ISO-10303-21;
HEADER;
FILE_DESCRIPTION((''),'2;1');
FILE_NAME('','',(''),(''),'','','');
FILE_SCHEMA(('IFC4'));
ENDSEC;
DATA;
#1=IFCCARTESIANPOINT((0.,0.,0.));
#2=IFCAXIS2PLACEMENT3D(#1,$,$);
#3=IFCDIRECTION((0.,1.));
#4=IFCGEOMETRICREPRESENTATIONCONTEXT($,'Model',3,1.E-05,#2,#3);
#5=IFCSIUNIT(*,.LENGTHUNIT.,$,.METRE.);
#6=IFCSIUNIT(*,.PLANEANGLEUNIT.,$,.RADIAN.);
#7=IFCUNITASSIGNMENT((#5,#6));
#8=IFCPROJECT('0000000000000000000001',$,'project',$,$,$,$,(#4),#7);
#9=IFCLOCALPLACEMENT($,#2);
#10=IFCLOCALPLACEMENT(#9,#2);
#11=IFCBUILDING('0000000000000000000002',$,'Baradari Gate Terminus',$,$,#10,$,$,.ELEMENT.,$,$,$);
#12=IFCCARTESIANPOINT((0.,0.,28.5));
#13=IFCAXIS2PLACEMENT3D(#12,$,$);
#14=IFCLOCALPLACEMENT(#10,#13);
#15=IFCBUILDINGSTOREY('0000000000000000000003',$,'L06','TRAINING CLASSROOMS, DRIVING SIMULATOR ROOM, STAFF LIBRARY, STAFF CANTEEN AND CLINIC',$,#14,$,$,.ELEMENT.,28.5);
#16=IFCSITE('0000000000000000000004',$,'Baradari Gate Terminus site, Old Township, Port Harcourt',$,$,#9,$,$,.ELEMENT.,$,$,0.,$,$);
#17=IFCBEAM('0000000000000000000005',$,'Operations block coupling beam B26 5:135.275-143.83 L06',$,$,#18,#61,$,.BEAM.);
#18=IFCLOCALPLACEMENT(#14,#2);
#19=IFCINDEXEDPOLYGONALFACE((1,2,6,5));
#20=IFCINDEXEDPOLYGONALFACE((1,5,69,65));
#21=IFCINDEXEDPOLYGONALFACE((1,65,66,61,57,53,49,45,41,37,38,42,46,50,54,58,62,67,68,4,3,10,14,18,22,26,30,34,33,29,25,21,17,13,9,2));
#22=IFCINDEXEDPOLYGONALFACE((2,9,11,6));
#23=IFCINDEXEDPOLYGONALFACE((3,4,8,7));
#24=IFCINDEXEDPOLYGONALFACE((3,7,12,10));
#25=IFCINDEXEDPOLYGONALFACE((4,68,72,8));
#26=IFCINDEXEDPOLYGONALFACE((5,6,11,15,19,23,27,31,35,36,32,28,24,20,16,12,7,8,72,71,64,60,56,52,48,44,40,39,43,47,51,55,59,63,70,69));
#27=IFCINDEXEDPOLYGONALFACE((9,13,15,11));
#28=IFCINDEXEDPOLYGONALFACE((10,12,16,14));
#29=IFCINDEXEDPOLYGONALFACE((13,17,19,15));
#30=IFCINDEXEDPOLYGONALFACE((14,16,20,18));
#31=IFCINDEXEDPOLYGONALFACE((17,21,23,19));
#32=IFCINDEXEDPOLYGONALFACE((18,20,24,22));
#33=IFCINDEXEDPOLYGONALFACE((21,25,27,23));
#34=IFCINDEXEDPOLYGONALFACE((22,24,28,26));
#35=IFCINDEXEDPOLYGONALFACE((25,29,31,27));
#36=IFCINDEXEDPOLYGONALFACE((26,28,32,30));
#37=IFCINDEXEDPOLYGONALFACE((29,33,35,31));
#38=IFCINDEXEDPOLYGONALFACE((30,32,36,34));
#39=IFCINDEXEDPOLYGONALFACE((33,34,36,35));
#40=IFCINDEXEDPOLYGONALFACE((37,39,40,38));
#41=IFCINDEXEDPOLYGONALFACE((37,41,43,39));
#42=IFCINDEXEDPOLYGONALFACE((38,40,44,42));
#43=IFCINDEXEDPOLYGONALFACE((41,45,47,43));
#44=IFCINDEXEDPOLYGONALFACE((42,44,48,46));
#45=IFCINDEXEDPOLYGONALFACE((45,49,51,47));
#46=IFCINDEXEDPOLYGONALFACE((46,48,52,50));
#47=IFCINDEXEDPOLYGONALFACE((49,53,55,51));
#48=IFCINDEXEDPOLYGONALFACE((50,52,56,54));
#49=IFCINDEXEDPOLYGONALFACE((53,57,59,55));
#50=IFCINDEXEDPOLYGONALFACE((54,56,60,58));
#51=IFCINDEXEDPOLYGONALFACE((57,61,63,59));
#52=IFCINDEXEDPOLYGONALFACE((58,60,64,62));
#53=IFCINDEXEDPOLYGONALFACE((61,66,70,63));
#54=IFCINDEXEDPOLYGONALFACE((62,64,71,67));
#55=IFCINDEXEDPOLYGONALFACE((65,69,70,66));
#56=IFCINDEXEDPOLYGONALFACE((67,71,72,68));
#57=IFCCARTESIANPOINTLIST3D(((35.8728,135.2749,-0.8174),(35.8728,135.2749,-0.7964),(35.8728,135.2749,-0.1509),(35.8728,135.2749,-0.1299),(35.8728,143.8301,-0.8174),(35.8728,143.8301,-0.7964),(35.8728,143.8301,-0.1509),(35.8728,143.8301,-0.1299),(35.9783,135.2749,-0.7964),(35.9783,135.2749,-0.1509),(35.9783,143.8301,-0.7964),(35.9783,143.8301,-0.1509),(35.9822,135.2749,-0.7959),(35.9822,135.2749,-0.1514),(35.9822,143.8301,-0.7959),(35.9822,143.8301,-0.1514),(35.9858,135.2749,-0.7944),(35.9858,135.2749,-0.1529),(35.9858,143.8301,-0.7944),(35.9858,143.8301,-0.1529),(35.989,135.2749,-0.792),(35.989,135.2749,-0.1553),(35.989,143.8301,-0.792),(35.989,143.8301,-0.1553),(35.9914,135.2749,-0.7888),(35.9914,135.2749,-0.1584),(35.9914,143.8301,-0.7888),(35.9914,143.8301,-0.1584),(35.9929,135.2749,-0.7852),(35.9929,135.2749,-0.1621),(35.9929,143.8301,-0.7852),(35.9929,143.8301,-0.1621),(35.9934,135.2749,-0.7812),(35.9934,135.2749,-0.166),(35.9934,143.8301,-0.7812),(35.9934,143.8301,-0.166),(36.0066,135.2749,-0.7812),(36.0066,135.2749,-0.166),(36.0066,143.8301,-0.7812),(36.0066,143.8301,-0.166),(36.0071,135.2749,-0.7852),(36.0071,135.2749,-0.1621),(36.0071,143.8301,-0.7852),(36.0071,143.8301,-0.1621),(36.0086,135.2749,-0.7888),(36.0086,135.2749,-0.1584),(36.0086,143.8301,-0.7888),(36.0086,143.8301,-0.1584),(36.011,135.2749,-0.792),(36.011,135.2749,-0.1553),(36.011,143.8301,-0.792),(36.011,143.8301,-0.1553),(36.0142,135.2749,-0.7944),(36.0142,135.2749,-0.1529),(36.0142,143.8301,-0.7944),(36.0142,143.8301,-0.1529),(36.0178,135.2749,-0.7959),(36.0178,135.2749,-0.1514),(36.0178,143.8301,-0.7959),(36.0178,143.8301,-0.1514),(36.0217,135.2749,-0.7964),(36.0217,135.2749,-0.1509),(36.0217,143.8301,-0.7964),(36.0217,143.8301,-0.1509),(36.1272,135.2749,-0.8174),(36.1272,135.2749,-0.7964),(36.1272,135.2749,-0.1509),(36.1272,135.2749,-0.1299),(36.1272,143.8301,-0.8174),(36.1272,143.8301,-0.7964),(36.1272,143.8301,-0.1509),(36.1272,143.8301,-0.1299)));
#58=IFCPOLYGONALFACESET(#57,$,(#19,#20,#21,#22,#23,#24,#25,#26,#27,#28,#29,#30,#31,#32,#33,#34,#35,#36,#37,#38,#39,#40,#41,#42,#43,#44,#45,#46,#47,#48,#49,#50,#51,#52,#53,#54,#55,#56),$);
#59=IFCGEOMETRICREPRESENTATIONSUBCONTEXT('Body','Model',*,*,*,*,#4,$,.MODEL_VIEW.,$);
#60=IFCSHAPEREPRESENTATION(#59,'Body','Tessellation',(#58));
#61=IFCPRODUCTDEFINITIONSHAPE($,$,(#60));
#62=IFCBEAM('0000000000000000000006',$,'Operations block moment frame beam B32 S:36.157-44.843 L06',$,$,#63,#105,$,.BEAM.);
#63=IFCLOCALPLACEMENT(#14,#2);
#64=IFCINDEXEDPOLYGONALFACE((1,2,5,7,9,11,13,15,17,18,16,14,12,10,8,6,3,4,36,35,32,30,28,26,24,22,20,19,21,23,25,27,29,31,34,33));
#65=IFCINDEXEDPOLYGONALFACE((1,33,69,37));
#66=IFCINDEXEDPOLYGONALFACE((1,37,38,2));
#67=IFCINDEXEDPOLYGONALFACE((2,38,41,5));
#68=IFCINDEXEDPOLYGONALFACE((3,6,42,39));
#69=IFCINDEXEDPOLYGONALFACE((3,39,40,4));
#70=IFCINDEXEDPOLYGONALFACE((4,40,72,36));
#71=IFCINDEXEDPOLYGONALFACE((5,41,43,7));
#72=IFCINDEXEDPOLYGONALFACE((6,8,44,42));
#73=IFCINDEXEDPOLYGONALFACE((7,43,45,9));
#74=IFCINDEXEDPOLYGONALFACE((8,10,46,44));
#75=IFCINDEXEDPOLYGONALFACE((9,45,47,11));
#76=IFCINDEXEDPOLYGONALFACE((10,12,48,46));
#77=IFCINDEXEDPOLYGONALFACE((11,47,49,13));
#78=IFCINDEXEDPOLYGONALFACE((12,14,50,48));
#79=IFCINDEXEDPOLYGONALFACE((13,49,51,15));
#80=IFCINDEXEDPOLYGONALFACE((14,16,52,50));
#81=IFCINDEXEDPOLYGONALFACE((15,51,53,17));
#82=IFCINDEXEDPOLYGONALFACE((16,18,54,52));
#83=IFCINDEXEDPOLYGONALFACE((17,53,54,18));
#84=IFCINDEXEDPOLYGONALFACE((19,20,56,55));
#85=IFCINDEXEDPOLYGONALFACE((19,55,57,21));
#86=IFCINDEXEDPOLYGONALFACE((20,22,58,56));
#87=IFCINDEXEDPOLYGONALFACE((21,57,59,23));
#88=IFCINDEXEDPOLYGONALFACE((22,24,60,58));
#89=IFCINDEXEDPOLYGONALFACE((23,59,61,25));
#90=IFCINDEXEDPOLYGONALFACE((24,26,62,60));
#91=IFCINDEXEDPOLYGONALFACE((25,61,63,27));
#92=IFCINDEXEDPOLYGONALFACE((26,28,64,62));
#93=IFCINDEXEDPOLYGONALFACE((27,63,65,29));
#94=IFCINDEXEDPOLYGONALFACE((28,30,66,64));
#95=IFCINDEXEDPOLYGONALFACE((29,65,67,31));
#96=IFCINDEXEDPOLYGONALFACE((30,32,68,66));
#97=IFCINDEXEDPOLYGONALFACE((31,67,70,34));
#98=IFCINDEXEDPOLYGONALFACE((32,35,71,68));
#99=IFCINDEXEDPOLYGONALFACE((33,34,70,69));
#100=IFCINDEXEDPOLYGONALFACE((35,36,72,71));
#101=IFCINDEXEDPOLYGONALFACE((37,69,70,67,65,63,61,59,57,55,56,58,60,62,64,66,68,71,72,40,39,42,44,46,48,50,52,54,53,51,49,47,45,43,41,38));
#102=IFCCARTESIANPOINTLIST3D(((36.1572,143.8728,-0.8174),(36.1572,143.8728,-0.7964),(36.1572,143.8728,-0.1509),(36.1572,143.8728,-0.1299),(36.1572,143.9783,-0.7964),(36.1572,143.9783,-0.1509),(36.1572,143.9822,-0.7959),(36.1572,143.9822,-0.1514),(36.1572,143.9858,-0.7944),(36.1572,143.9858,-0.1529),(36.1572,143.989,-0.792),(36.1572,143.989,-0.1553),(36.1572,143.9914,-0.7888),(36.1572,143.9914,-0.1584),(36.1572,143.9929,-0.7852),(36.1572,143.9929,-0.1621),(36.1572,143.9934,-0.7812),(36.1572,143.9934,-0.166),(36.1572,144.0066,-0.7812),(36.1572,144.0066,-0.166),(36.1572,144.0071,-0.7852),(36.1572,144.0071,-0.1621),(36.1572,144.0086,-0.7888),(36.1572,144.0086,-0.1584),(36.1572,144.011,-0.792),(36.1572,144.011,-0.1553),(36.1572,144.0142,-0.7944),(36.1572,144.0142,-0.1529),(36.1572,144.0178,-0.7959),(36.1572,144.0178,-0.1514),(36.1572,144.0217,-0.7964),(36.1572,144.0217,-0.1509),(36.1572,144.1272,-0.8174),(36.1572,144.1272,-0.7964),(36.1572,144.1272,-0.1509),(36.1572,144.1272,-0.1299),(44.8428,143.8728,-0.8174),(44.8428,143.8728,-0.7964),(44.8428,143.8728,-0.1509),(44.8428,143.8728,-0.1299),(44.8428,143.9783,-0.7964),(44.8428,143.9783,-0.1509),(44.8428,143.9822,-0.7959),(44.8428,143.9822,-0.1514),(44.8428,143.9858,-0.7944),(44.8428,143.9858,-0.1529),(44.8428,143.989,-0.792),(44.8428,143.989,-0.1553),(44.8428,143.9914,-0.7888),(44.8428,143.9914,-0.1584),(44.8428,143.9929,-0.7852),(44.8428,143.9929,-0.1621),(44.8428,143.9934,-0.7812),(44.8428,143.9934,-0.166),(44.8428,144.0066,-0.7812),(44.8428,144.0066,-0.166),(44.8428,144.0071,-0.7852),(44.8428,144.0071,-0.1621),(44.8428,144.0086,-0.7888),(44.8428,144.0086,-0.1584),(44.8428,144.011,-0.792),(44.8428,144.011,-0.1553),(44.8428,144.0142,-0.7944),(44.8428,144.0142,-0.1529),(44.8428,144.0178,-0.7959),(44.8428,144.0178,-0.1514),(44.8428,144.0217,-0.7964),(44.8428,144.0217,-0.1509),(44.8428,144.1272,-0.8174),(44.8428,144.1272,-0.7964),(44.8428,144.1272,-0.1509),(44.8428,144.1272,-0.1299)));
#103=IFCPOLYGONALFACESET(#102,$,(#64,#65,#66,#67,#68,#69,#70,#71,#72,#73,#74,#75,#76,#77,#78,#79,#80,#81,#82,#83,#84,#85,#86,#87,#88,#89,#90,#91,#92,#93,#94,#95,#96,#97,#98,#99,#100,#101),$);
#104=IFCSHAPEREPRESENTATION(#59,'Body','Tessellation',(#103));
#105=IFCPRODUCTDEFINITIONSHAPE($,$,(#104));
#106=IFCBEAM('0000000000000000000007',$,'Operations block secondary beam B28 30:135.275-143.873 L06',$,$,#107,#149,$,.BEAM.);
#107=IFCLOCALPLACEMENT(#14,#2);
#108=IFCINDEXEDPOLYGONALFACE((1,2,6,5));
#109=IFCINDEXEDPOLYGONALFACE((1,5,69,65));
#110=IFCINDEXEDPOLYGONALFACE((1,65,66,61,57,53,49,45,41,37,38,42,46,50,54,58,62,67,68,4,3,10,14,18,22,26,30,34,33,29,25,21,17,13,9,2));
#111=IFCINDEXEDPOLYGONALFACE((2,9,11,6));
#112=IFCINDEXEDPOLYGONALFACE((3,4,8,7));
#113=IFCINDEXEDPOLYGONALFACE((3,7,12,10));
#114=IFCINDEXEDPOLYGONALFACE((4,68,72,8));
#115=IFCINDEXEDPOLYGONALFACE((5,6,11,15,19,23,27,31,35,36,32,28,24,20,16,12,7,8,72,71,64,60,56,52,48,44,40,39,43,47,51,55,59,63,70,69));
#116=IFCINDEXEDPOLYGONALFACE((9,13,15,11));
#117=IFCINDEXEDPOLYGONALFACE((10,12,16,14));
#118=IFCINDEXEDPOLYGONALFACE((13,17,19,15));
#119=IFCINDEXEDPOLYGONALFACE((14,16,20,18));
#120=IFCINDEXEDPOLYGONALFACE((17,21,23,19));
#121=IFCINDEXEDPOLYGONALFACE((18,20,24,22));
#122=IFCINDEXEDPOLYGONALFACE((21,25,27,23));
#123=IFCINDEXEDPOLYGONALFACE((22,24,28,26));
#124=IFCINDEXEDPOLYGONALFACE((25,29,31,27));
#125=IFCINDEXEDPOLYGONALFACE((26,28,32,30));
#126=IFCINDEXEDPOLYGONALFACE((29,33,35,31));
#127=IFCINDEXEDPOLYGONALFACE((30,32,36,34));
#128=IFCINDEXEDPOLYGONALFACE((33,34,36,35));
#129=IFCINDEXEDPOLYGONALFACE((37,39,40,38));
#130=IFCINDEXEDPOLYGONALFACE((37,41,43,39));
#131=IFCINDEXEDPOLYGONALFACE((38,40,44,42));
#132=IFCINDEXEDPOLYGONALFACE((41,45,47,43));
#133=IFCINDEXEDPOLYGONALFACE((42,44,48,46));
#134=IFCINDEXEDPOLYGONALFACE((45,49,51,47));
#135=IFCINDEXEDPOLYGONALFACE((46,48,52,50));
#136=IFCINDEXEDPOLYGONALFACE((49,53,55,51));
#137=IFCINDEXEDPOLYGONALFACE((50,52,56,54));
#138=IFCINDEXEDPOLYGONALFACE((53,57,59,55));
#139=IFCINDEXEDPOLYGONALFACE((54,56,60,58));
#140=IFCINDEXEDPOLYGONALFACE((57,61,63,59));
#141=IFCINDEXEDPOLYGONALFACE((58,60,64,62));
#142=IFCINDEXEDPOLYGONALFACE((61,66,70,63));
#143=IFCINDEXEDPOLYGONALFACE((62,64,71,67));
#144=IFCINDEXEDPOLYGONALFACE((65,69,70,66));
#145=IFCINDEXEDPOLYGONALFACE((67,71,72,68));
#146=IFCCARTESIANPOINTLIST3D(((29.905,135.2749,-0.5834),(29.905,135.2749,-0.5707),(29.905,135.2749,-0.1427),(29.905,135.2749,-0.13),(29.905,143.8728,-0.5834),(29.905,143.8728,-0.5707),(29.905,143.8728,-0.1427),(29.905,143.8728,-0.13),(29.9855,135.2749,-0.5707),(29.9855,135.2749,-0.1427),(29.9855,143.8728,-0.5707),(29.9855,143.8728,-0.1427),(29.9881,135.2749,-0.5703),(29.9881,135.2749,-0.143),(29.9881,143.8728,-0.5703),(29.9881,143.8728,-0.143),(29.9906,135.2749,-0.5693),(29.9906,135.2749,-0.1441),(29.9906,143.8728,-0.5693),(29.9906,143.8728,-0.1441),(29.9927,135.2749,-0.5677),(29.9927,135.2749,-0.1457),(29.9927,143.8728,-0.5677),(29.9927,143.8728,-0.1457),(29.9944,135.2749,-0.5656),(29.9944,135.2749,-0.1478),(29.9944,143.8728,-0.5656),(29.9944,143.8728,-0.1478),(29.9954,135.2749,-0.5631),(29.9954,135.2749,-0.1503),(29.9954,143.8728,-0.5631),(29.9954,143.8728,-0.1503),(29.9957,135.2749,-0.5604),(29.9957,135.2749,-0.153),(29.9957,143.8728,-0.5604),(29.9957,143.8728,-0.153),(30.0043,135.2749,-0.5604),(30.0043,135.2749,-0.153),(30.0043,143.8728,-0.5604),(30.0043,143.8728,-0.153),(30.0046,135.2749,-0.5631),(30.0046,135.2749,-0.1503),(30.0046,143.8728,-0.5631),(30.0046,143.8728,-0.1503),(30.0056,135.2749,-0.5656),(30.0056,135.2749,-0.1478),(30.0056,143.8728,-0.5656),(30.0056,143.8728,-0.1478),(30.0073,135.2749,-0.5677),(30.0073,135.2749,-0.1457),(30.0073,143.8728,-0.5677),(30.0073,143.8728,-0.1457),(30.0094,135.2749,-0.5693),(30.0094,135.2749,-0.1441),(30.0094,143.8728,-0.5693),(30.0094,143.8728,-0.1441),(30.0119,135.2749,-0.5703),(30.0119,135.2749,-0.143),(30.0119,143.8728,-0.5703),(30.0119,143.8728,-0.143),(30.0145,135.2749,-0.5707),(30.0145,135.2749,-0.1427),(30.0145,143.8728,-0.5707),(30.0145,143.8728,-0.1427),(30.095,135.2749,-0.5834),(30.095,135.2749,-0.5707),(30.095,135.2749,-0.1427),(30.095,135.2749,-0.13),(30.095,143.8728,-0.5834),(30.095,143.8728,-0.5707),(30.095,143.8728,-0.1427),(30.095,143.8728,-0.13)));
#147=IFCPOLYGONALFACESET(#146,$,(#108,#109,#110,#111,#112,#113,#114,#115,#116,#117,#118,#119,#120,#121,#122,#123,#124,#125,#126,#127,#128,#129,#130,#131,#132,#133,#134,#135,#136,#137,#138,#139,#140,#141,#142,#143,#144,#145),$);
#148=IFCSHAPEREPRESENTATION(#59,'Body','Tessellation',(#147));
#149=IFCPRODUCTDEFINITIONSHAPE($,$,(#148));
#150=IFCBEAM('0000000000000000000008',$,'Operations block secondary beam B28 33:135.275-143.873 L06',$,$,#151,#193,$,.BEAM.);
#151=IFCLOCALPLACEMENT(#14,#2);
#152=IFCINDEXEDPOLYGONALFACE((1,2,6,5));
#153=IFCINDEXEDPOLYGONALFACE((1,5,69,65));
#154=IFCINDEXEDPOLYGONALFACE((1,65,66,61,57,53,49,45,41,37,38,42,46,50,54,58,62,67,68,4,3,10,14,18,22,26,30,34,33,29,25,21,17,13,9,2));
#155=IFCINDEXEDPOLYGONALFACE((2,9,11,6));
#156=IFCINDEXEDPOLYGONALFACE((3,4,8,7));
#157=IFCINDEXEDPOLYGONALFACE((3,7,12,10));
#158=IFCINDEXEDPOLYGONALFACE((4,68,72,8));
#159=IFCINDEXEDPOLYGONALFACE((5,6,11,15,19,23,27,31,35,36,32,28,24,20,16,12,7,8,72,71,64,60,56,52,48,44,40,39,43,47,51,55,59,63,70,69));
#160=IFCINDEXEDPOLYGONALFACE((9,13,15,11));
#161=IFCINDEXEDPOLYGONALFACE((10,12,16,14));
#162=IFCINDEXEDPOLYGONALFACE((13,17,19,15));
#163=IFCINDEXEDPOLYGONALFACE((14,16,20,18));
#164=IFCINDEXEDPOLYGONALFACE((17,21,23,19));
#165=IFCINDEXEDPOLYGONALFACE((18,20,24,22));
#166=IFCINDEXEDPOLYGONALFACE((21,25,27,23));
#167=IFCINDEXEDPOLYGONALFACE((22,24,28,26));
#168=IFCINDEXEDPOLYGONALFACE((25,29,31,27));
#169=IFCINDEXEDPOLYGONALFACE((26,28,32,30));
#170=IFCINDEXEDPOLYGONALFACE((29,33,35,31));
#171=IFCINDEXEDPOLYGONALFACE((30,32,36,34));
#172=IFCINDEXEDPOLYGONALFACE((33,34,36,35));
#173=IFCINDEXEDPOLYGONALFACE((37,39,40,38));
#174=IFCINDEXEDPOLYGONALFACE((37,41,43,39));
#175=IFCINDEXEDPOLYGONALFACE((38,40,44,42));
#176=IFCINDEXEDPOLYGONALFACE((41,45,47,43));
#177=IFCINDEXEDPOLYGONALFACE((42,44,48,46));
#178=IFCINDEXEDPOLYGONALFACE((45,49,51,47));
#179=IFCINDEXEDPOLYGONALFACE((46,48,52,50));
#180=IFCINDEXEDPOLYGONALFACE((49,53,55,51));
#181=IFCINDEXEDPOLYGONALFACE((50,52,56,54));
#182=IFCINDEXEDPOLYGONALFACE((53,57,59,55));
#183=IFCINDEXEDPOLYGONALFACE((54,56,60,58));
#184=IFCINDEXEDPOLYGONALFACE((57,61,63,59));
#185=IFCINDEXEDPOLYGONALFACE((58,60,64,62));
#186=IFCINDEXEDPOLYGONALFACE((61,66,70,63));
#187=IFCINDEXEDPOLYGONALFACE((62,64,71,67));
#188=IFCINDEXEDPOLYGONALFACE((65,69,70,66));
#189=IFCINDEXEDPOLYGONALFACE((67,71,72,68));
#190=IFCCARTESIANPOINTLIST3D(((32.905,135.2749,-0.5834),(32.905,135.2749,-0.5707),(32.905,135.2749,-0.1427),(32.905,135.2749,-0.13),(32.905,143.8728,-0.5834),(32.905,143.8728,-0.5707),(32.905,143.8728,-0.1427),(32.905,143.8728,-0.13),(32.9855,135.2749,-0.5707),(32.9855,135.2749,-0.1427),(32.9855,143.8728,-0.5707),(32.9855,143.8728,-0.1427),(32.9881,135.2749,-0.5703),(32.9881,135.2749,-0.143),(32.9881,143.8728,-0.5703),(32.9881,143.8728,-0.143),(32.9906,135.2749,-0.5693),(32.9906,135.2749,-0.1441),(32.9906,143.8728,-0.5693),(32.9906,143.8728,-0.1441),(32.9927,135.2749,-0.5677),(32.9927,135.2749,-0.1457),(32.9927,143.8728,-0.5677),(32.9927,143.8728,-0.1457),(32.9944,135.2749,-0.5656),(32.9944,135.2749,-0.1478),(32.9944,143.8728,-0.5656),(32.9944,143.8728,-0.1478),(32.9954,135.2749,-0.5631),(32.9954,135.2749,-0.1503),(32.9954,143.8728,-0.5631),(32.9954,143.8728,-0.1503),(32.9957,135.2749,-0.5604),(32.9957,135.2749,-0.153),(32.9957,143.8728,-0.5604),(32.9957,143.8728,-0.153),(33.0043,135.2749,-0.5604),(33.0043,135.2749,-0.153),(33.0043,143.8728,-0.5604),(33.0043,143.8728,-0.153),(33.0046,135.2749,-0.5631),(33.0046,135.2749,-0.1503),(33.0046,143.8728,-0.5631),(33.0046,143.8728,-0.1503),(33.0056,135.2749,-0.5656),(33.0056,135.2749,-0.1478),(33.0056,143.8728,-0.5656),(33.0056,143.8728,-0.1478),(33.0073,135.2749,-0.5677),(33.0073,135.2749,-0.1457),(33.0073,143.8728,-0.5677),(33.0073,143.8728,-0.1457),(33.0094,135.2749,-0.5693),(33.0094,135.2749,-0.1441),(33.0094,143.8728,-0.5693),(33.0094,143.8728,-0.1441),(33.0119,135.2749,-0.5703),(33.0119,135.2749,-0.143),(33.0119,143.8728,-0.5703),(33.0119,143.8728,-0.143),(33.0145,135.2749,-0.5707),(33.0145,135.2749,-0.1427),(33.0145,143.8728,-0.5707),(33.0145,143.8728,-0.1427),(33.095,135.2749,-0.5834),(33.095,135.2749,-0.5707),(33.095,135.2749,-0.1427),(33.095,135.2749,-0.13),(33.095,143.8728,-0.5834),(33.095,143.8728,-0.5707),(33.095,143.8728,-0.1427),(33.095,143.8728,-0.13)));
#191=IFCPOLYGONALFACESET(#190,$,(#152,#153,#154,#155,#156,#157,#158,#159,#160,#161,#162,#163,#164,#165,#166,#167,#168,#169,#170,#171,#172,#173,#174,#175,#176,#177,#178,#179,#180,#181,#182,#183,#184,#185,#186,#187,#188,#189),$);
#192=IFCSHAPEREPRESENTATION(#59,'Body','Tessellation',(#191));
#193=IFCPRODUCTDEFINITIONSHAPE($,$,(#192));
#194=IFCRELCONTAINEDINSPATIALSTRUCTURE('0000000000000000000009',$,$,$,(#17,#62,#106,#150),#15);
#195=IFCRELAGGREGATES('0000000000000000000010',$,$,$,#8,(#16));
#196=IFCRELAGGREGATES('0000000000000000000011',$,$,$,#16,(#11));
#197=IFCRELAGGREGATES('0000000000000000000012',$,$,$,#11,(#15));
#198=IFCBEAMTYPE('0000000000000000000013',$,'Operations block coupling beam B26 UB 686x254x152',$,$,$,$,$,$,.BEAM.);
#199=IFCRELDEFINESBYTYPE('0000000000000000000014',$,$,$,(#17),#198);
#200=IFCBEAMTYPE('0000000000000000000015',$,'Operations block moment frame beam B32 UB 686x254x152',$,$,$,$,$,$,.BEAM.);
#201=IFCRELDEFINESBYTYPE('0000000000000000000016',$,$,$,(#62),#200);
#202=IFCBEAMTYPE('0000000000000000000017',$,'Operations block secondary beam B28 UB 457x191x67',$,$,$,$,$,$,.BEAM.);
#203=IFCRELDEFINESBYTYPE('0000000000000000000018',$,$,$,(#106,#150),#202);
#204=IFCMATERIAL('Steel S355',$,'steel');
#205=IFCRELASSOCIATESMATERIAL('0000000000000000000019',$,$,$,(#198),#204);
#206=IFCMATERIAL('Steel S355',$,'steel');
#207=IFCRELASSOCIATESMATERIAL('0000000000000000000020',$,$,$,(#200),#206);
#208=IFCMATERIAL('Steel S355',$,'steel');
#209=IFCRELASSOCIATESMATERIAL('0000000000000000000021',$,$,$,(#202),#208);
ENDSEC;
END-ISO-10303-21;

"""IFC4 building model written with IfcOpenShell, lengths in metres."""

from ifc_helpers import new_model, si_unit, direction, frame, origin, origin_2d, place, context, subcontext, project, spatial, i_section, extrude, material, material_profile, profile_set, type_object, element, save


model = new_model("IFC4")

# Units and contexts
model_context = context("Model", 3, precision=1e-05, world=origin(), true_north=direction((0.0, 1.0)))
body_context = subcontext(model_context, "Body", "Model", "MODEL_VIEW")
ifc_project = project(units=[si_unit("LENGTHUNIT", "METRE"), si_unit("PLANEANGLEUNIT", "RADIAN")], contexts=[model_context])

# Site, building, storey
site_placement = place(None, origin())
site = spatial("IfcSite", under=ifc_project, at=site_placement, Name="Baradari Gate Terminus site, Old Township, Port Harcourt", CompositionType="ELEMENT", RefElevation=0.0)
building_placement = place(site_placement, origin())
building = spatial("IfcBuilding", under=site, at=building_placement, Name="Baradari Gate Terminus", CompositionType="ELEMENT")
storey_placement = place(building_placement, frame((0.0, 0.0, 28.5)))
storey = spatial("IfcBuildingStorey", under=building, at=storey_placement, Name="L06", Description="TRAINING CLASSROOMS, DRIVING SIMULATOR ROOM, STAFF LIBRARY, STAFF CANTEEN AND CLINIC", CompositionType="ELEMENT", Elevation=28.5)

# Beams
ifc_material_1 = material(Name="Steel S355", Category="steel")
ifc_material_profile_1 = material_profile(ifc_material_1, i_section(OverallWidth=0.2544, OverallDepth=0.6875, WebThickness=0.0132, FlangeThickness=0.021, FilletRadius=0.0151, at=origin_2d()), Name="UB 686x254x152")
ifc_profile_set_1 = profile_set([ifc_material_profile_1], Name="Steel S355")
beam_type_1 = type_object("IfcBeamType", Name="Operations block coupling beam B26 UB 686x254x152", PredefinedType="BEAM", material=ifc_profile_set_1)
beam_1_placement = place(storey_placement, frame((36.0, 135.2749, -0.4736), z_axis=(0.0, 1.0, 0.0), x_axis=(-1.0, 0.0, 0.0)))
element("IfcBeam", 1, at=beam_1_placement, inside=storey, type_object=beam_type_1, Name="Operations block coupling beam B26 5:135.275-143.83 L06", PredefinedType="BEAM", context=body_context, shape_type="SweptSolid", body=[
    extrude(i_section(OverallWidth=0.2544, OverallDepth=0.6875, WebThickness=0.0132, FlangeThickness=0.021, FilletRadius=0.0151, at=origin_2d()), origin(), (0.0, 0.0, 1.0), 8.5552),
])
ifc_material_2 = material(Name="Steel S355", Category="steel")
ifc_material_profile_2 = material_profile(ifc_material_2, i_section(OverallWidth=0.2544, OverallDepth=0.6875, WebThickness=0.0132, FlangeThickness=0.021, FilletRadius=0.0151, at=origin_2d()), Name="UB 686x254x152")
ifc_profile_set_2 = profile_set([ifc_material_profile_2], Name="Steel S355")
beam_type_2 = type_object("IfcBeamType", Name="Operations block moment frame beam B32 UB 686x254x152", PredefinedType="BEAM", material=ifc_profile_set_2)
beam_2_placement = place(storey_placement, frame((36.1572, 144.0, -0.4736), z_axis=(1.0, 0.0, 0.0), x_axis=(0.0, 1.0, 0.0)))
element("IfcBeam", 2, at=beam_2_placement, inside=storey, type_object=beam_type_2, Name="Operations block moment frame beam B32 S:36.157-44.843 L06", PredefinedType="BEAM", context=body_context, shape_type="SweptSolid", body=[
    extrude(i_section(OverallWidth=0.2544, OverallDepth=0.6875, WebThickness=0.0132, FlangeThickness=0.021, FilletRadius=0.0151, at=origin_2d()), origin(), (0.0, 0.0, 1.0), 8.6855),
])
ifc_material_3 = material(Name="Steel S355", Category="steel")
ifc_material_profile_3 = material_profile(ifc_material_3, i_section(OverallWidth=0.1899, OverallDepth=0.4534, WebThickness=0.0085, FlangeThickness=0.0127, FilletRadius=0.0103, at=origin_2d()), Name="UB 457x191x67")
ifc_profile_set_3 = profile_set([ifc_material_profile_3], Name="Steel S355")
beam_type_3 = type_object("IfcBeamType", Name="Operations block secondary beam B28 UB 457x191x67", PredefinedType="BEAM", material=ifc_profile_set_3)
for number, where, z_axis, x_axis, name in (
    (3, (30.0, 135.2749, -0.3567), (0.0, 1.0, 0.0), (-1.0, 0.0, 0.0), "Operations block secondary beam B28 30:135.275-143.873 L06"),
    (4, (33.0, 135.2749, -0.3567), (0.0, 1.0, 0.0), (-1.0, 0.0, 0.0), "Operations block secondary beam B28 33:135.275-143.873 L06"),
):
    element("IfcBeam", number, at=place(storey_placement, frame(where, z_axis=z_axis, x_axis=x_axis)), inside=storey, type_object=beam_type_3, Name=name, PredefinedType="BEAM", context=body_context, shape_type="SweptSolid", body=[
        extrude(i_section(OverallWidth=0.1899, OverallDepth=0.4534, WebThickness=0.0085, FlangeThickness=0.0127, FilletRadius=0.0103, at=origin_2d()), origin(), (0.0, 0.0, 1.0), 8.5979),
    ])

save(model, "model.ifc")
